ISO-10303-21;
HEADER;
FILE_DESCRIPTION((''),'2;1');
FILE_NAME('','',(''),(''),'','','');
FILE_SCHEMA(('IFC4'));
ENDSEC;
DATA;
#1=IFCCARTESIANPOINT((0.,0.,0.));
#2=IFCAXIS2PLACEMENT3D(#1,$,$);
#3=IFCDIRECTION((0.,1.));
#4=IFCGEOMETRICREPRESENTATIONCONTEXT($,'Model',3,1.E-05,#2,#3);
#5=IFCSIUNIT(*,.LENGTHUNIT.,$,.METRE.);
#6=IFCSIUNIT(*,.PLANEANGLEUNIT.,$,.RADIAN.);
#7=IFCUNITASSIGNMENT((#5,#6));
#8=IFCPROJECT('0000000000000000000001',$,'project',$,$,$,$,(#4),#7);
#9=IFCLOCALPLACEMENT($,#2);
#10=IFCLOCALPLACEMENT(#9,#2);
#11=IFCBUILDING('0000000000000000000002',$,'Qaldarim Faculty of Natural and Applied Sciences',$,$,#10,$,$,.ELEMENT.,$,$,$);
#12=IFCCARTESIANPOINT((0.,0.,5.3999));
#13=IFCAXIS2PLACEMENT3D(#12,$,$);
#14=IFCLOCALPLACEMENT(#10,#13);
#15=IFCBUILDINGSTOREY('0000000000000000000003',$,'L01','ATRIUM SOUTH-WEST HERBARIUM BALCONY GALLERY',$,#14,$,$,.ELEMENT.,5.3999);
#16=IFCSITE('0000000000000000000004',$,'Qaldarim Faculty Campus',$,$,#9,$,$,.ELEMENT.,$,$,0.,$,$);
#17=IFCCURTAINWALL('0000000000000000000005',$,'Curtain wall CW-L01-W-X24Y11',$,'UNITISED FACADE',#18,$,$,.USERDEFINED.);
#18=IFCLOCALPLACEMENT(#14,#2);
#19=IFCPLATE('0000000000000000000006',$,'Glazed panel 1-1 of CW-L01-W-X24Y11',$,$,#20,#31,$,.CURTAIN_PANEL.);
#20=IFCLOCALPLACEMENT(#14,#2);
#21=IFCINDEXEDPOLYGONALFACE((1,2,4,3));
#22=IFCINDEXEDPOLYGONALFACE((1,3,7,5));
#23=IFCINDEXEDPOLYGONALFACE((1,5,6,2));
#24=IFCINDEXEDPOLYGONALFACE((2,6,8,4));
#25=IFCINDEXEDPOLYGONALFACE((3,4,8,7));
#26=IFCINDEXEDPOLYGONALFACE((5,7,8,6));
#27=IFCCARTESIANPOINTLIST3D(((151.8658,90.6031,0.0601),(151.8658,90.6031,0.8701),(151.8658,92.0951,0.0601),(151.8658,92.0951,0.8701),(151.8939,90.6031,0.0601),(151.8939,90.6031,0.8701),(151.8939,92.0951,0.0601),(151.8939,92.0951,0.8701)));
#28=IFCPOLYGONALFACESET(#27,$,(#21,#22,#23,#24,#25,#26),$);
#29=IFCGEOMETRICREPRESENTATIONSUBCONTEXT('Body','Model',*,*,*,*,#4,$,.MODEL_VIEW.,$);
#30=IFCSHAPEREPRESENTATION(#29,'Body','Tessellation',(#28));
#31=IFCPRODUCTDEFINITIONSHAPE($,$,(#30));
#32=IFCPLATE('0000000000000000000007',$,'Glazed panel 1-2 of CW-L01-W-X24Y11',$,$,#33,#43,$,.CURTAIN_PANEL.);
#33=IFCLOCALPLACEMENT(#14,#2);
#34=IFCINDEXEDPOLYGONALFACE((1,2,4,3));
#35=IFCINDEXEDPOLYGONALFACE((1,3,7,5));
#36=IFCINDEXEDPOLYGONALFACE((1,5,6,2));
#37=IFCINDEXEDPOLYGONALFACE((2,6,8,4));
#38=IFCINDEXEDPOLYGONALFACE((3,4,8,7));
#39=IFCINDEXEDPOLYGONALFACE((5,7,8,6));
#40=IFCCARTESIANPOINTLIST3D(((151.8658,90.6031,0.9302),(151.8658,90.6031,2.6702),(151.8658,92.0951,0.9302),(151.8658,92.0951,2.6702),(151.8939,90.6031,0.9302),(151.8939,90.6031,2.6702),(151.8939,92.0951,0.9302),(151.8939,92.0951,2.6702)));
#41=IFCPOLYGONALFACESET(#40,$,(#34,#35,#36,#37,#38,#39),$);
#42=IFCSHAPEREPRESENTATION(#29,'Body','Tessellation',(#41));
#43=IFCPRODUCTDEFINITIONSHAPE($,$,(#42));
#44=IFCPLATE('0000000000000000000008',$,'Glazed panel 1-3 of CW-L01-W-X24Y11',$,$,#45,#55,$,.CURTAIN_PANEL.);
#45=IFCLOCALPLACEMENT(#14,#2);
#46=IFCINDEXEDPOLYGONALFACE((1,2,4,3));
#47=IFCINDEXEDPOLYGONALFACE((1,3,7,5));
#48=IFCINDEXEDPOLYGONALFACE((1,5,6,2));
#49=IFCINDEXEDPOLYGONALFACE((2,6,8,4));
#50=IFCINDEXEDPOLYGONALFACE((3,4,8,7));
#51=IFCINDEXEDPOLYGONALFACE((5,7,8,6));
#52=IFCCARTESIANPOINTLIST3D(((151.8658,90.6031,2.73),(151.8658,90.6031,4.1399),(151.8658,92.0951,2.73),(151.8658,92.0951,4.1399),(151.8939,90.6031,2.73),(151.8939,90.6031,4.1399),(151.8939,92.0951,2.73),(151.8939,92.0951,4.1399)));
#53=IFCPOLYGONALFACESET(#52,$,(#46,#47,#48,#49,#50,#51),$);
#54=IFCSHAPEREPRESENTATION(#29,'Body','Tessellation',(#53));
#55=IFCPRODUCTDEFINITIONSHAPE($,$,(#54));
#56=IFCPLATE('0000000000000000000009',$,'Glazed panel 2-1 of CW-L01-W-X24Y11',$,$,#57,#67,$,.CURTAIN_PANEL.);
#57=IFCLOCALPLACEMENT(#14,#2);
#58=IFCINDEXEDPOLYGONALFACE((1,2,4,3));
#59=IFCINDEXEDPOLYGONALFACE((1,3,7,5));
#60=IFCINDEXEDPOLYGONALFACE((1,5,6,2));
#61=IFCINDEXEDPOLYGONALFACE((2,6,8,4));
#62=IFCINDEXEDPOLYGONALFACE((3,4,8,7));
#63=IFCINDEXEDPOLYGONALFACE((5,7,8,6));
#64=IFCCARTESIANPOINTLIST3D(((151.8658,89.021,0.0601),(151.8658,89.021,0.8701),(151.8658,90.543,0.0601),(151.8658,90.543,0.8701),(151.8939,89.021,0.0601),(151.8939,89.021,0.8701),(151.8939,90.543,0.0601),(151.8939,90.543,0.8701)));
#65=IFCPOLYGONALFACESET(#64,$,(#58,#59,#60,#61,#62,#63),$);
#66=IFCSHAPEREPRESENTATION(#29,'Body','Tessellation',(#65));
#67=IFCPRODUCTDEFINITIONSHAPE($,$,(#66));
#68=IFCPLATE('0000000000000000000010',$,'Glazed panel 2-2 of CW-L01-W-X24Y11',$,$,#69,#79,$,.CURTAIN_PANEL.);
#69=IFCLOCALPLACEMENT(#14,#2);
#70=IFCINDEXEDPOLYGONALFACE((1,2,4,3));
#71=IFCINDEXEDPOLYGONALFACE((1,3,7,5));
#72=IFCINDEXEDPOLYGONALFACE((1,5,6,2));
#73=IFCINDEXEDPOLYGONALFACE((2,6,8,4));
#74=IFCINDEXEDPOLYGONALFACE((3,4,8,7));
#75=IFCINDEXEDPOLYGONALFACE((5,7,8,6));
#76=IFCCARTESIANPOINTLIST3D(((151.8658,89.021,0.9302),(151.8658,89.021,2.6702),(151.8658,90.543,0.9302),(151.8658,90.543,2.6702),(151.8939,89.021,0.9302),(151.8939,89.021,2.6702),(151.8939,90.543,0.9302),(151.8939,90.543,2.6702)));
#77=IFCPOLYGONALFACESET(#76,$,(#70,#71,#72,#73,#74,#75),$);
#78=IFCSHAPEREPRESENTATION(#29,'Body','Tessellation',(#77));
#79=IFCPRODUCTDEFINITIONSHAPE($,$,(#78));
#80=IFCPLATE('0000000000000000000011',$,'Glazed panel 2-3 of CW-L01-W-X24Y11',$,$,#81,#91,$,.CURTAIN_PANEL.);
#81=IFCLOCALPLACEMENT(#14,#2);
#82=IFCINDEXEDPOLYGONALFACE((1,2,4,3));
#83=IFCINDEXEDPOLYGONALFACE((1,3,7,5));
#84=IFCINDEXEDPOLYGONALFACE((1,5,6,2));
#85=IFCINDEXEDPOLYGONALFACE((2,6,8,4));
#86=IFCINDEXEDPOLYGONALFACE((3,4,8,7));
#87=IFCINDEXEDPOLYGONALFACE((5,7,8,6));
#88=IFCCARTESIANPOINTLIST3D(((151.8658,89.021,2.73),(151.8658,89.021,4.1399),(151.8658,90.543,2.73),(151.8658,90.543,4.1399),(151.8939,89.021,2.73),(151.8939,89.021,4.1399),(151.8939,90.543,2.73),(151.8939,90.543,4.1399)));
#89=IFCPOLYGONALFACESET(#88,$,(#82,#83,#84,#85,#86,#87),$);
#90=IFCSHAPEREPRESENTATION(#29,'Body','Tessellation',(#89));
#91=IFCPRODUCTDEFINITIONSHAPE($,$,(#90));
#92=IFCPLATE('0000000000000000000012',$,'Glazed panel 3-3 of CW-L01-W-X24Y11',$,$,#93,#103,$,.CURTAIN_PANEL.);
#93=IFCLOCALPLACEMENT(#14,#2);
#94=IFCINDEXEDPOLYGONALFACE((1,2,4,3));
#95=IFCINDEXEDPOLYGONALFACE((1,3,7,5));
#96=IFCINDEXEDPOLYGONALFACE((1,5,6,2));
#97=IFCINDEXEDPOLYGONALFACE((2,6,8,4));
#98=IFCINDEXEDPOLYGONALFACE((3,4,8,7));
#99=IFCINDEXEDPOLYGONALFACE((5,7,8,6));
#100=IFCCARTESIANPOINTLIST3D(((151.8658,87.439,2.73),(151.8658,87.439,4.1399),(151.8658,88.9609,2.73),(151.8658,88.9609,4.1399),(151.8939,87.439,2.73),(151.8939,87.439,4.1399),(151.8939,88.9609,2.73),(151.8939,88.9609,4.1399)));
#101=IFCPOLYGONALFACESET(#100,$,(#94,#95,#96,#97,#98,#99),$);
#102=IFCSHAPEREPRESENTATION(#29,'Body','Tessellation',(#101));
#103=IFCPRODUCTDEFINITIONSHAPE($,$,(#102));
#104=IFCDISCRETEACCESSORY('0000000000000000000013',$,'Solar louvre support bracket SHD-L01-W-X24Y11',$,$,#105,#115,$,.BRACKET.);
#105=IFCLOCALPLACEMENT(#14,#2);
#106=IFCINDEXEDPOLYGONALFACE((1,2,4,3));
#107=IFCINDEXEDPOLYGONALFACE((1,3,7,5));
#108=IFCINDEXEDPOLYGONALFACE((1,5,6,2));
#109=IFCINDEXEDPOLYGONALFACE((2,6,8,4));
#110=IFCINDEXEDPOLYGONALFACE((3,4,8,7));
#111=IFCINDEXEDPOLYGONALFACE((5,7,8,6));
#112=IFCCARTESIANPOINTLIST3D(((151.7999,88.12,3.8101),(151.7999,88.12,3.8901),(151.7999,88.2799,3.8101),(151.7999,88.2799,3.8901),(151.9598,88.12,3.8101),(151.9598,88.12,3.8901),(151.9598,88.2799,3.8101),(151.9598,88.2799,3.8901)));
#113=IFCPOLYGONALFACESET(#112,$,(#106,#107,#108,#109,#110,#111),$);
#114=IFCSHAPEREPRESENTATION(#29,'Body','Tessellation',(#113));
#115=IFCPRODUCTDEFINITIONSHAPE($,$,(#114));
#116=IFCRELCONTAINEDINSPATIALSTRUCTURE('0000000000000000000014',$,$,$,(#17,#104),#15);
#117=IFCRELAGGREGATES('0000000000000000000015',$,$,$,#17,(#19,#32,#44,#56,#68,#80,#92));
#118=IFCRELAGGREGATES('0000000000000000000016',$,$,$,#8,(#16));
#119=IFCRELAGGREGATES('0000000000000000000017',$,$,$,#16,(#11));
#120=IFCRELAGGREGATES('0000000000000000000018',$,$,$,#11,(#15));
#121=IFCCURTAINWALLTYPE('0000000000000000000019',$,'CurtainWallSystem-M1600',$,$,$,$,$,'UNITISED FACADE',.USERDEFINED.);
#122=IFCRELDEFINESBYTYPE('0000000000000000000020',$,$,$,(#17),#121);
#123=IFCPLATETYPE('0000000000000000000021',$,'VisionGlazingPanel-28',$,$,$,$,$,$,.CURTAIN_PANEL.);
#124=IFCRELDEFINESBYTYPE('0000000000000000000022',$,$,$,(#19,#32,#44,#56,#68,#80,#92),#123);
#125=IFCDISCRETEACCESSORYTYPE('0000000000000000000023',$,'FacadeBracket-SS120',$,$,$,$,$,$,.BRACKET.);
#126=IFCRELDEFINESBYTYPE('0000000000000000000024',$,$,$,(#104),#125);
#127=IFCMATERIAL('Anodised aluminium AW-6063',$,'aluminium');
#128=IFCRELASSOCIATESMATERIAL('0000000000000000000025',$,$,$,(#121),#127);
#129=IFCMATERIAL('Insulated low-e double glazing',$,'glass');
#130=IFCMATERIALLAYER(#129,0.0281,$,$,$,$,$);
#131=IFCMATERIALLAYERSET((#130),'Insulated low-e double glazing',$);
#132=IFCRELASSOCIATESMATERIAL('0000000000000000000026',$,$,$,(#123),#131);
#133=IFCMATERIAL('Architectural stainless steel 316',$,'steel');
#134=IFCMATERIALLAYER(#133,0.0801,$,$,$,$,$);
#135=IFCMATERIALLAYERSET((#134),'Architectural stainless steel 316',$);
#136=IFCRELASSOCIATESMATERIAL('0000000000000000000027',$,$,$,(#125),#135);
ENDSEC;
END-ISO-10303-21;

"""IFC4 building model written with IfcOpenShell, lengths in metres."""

from ifc_helpers import new_model, si_unit, direction, frame, origin, origin_2d, place, context, subcontext, project, spatial, rectangle, extrude, material, layer, layer_set, type_object, element, aggregate, save


model = new_model("IFC4")

# Units and contexts
model_context = context("Model", 3, precision=1e-05, world=origin(), true_north=direction((0.0, 1.0)))
body_context = subcontext(model_context, "Body", "Model", "MODEL_VIEW")
ifc_project = project(units=[si_unit("LENGTHUNIT", "METRE"), si_unit("PLANEANGLEUNIT", "RADIAN")], contexts=[model_context])

# Site, building, storey
site_placement = place(None, origin())
site = spatial("IfcSite", under=ifc_project, at=site_placement, Name="Qaldarim Faculty Campus", CompositionType="ELEMENT", RefElevation=0.0)
building_placement = place(site_placement, origin())
building = spatial("IfcBuilding", under=site, at=building_placement, Name="Qaldarim Faculty of Natural and Applied Sciences", CompositionType="ELEMENT")
storey_placement = place(building_placement, frame((0.0, 0.0, 5.3999)))
storey = spatial("IfcBuildingStorey", under=building, at=storey_placement, Name="L01", Description="ATRIUM SOUTH-WEST HERBARIUM BALCONY GALLERY", CompositionType="ELEMENT", Elevation=5.3999)

# Curtain wall, plates
ifc_material_1 = material(Name="Anodised aluminium AW-6063", Category="aluminium")
curtain_wall_type = type_object("IfcCurtainWallType", Name="CurtainWallSystem-M1600", ElementType="UNITISED FACADE", PredefinedType="USERDEFINED", material=ifc_material_1)
curtain_wall_placement = place(storey_placement, origin())
curtain_wall = element("IfcCurtainWall", 1, at=curtain_wall_placement, inside=storey, type_object=curtain_wall_type, Name="Curtain wall CW-L01-W-X24Y11", ObjectType="UNITISED FACADE", PredefinedType="USERDEFINED")
ifc_material_2 = material(Name="Insulated low-e double glazing", Category="glass")
ifc_layer_1 = layer(ifc_material_2, 0.0281)
ifc_layer_set_1 = layer_set([ifc_layer_1], Name="Insulated low-e double glazing")
plate_type = type_object("IfcPlateType", Name="VisionGlazingPanel-28", PredefinedType="CURTAIN_PANEL", material=ifc_layer_set_1)
plate_1_placement = place(storey_placement, frame((151.8799, 91.3491, 0.0601), z_axis=(0.0, 0.0, 1.0), x_axis=(0.0, -1.0, 0.0)))
plate_1 = element("IfcPlate", 2, at=plate_1_placement, type_object=plate_type, Name="Glazed panel 1-1 of CW-L01-W-X24Y11", PredefinedType="CURTAIN_PANEL", context=body_context, shape_type="SweptSolid", body=[
    extrude(rectangle(XDim=1.4919, YDim=0.0281, at=origin_2d()), origin(), (0.0, 0.0, 1.0), 0.8101),
])
plate_2_placement = place(storey_placement, frame((151.8799, 91.3491, 0.9302), z_axis=(0.0, 0.0, 1.0), x_axis=(0.0, -1.0, 0.0)))
plate_2 = element("IfcPlate", 3, at=plate_2_placement, type_object=plate_type, Name="Glazed panel 1-2 of CW-L01-W-X24Y11", PredefinedType="CURTAIN_PANEL", context=body_context, shape_type="SweptSolid", body=[
    extrude(rectangle(XDim=1.4919, YDim=0.0281, at=origin_2d()), origin(), (0.0, 0.0, 1.0), 1.74),
])
plate_3_placement = place(storey_placement, frame((151.8799, 91.3491, 2.73), z_axis=(0.0, 0.0, 1.0), x_axis=(0.0, -1.0, 0.0)))
plate_3 = element("IfcPlate", 4, at=plate_3_placement, type_object=plate_type, Name="Glazed panel 1-3 of CW-L01-W-X24Y11", PredefinedType="CURTAIN_PANEL", context=body_context, shape_type="SweptSolid", body=[
    extrude(rectangle(XDim=1.4919, YDim=0.0281, at=origin_2d()), origin(), (0.0, 0.0, 1.0), 1.4099),
])
plate_4_placement = place(storey_placement, frame((151.8799, 89.782, 0.0601), z_axis=(0.0, 0.0, 1.0), x_axis=(0.0, -1.0, 0.0)))
plate_4 = element("IfcPlate", 5, at=plate_4_placement, type_object=plate_type, Name="Glazed panel 2-1 of CW-L01-W-X24Y11", PredefinedType="CURTAIN_PANEL", context=body_context, shape_type="SweptSolid", body=[
    extrude(rectangle(XDim=1.522, YDim=0.0281, at=origin_2d()), origin(), (0.0, 0.0, 1.0), 0.8101),
])
plate_5_placement = place(storey_placement, frame((151.8799, 89.782, 0.9302), z_axis=(0.0, 0.0, 1.0), x_axis=(0.0, -1.0, 0.0)))
plate_5 = element("IfcPlate", 6, at=plate_5_placement, type_object=plate_type, Name="Glazed panel 2-2 of CW-L01-W-X24Y11", PredefinedType="CURTAIN_PANEL", context=body_context, shape_type="SweptSolid", body=[
    extrude(rectangle(XDim=1.522, YDim=0.0281, at=origin_2d()), origin(), (0.0, 0.0, 1.0), 1.74),
])
plate_6_placement = place(storey_placement, frame((151.8799, 89.782, 2.73), z_axis=(0.0, 0.0, 1.0), x_axis=(0.0, -1.0, 0.0)))
plate_6 = element("IfcPlate", 7, at=plate_6_placement, type_object=plate_type, Name="Glazed panel 2-3 of CW-L01-W-X24Y11", PredefinedType="CURTAIN_PANEL", context=body_context, shape_type="SweptSolid", body=[
    extrude(rectangle(XDim=1.522, YDim=0.0281, at=origin_2d()), origin(), (0.0, 0.0, 1.0), 1.4099),
])
plate_7_placement = place(storey_placement, frame((151.8799, 88.2, 2.73), z_axis=(0.0, 0.0, 1.0), x_axis=(0.0, -1.0, 0.0)))
plate_7 = element("IfcPlate", 8, at=plate_7_placement, type_object=plate_type, Name="Glazed panel 3-3 of CW-L01-W-X24Y11", PredefinedType="CURTAIN_PANEL", context=body_context, shape_type="SweptSolid", body=[
    extrude(rectangle(XDim=1.522, YDim=0.0281, at=origin_2d()), origin(), (0.0, 0.0, 1.0), 1.4099),
])
aggregate(curtain_wall, [plate_1, plate_2, plate_3, plate_4, plate_5, plate_6, plate_7])

# Discrete accessory
ifc_material_3 = material(Name="Architectural stainless steel 316", Category="steel")
ifc_layer_2 = layer(ifc_material_3, 0.0801)
ifc_layer_set_2 = layer_set([ifc_layer_2], Name="Architectural stainless steel 316")
discrete_accessory_type = type_object("IfcDiscreteAccessoryType", Name="FacadeBracket-SS120", PredefinedType="BRACKET", material=ifc_layer_set_2)
discrete_accessory_placement = place(storey_placement, frame((151.8799, 88.2, 3.8101), z_axis=(0.0, 0.0, 1.0), x_axis=(0.0, 1.0, 0.0)))
element("IfcDiscreteAccessory", 9, at=discrete_accessory_placement, inside=storey, type_object=discrete_accessory_type, Name="Solar louvre support bracket SHD-L01-W-X24Y11", PredefinedType="BRACKET", context=body_context, shape_type="SweptSolid", body=[
    extrude(rectangle(XDim=0.1599, YDim=0.1599, at=origin_2d()), origin(), (0.0, 0.0, 1.0), 0.0801),
])

save(model, "model.ifc")
